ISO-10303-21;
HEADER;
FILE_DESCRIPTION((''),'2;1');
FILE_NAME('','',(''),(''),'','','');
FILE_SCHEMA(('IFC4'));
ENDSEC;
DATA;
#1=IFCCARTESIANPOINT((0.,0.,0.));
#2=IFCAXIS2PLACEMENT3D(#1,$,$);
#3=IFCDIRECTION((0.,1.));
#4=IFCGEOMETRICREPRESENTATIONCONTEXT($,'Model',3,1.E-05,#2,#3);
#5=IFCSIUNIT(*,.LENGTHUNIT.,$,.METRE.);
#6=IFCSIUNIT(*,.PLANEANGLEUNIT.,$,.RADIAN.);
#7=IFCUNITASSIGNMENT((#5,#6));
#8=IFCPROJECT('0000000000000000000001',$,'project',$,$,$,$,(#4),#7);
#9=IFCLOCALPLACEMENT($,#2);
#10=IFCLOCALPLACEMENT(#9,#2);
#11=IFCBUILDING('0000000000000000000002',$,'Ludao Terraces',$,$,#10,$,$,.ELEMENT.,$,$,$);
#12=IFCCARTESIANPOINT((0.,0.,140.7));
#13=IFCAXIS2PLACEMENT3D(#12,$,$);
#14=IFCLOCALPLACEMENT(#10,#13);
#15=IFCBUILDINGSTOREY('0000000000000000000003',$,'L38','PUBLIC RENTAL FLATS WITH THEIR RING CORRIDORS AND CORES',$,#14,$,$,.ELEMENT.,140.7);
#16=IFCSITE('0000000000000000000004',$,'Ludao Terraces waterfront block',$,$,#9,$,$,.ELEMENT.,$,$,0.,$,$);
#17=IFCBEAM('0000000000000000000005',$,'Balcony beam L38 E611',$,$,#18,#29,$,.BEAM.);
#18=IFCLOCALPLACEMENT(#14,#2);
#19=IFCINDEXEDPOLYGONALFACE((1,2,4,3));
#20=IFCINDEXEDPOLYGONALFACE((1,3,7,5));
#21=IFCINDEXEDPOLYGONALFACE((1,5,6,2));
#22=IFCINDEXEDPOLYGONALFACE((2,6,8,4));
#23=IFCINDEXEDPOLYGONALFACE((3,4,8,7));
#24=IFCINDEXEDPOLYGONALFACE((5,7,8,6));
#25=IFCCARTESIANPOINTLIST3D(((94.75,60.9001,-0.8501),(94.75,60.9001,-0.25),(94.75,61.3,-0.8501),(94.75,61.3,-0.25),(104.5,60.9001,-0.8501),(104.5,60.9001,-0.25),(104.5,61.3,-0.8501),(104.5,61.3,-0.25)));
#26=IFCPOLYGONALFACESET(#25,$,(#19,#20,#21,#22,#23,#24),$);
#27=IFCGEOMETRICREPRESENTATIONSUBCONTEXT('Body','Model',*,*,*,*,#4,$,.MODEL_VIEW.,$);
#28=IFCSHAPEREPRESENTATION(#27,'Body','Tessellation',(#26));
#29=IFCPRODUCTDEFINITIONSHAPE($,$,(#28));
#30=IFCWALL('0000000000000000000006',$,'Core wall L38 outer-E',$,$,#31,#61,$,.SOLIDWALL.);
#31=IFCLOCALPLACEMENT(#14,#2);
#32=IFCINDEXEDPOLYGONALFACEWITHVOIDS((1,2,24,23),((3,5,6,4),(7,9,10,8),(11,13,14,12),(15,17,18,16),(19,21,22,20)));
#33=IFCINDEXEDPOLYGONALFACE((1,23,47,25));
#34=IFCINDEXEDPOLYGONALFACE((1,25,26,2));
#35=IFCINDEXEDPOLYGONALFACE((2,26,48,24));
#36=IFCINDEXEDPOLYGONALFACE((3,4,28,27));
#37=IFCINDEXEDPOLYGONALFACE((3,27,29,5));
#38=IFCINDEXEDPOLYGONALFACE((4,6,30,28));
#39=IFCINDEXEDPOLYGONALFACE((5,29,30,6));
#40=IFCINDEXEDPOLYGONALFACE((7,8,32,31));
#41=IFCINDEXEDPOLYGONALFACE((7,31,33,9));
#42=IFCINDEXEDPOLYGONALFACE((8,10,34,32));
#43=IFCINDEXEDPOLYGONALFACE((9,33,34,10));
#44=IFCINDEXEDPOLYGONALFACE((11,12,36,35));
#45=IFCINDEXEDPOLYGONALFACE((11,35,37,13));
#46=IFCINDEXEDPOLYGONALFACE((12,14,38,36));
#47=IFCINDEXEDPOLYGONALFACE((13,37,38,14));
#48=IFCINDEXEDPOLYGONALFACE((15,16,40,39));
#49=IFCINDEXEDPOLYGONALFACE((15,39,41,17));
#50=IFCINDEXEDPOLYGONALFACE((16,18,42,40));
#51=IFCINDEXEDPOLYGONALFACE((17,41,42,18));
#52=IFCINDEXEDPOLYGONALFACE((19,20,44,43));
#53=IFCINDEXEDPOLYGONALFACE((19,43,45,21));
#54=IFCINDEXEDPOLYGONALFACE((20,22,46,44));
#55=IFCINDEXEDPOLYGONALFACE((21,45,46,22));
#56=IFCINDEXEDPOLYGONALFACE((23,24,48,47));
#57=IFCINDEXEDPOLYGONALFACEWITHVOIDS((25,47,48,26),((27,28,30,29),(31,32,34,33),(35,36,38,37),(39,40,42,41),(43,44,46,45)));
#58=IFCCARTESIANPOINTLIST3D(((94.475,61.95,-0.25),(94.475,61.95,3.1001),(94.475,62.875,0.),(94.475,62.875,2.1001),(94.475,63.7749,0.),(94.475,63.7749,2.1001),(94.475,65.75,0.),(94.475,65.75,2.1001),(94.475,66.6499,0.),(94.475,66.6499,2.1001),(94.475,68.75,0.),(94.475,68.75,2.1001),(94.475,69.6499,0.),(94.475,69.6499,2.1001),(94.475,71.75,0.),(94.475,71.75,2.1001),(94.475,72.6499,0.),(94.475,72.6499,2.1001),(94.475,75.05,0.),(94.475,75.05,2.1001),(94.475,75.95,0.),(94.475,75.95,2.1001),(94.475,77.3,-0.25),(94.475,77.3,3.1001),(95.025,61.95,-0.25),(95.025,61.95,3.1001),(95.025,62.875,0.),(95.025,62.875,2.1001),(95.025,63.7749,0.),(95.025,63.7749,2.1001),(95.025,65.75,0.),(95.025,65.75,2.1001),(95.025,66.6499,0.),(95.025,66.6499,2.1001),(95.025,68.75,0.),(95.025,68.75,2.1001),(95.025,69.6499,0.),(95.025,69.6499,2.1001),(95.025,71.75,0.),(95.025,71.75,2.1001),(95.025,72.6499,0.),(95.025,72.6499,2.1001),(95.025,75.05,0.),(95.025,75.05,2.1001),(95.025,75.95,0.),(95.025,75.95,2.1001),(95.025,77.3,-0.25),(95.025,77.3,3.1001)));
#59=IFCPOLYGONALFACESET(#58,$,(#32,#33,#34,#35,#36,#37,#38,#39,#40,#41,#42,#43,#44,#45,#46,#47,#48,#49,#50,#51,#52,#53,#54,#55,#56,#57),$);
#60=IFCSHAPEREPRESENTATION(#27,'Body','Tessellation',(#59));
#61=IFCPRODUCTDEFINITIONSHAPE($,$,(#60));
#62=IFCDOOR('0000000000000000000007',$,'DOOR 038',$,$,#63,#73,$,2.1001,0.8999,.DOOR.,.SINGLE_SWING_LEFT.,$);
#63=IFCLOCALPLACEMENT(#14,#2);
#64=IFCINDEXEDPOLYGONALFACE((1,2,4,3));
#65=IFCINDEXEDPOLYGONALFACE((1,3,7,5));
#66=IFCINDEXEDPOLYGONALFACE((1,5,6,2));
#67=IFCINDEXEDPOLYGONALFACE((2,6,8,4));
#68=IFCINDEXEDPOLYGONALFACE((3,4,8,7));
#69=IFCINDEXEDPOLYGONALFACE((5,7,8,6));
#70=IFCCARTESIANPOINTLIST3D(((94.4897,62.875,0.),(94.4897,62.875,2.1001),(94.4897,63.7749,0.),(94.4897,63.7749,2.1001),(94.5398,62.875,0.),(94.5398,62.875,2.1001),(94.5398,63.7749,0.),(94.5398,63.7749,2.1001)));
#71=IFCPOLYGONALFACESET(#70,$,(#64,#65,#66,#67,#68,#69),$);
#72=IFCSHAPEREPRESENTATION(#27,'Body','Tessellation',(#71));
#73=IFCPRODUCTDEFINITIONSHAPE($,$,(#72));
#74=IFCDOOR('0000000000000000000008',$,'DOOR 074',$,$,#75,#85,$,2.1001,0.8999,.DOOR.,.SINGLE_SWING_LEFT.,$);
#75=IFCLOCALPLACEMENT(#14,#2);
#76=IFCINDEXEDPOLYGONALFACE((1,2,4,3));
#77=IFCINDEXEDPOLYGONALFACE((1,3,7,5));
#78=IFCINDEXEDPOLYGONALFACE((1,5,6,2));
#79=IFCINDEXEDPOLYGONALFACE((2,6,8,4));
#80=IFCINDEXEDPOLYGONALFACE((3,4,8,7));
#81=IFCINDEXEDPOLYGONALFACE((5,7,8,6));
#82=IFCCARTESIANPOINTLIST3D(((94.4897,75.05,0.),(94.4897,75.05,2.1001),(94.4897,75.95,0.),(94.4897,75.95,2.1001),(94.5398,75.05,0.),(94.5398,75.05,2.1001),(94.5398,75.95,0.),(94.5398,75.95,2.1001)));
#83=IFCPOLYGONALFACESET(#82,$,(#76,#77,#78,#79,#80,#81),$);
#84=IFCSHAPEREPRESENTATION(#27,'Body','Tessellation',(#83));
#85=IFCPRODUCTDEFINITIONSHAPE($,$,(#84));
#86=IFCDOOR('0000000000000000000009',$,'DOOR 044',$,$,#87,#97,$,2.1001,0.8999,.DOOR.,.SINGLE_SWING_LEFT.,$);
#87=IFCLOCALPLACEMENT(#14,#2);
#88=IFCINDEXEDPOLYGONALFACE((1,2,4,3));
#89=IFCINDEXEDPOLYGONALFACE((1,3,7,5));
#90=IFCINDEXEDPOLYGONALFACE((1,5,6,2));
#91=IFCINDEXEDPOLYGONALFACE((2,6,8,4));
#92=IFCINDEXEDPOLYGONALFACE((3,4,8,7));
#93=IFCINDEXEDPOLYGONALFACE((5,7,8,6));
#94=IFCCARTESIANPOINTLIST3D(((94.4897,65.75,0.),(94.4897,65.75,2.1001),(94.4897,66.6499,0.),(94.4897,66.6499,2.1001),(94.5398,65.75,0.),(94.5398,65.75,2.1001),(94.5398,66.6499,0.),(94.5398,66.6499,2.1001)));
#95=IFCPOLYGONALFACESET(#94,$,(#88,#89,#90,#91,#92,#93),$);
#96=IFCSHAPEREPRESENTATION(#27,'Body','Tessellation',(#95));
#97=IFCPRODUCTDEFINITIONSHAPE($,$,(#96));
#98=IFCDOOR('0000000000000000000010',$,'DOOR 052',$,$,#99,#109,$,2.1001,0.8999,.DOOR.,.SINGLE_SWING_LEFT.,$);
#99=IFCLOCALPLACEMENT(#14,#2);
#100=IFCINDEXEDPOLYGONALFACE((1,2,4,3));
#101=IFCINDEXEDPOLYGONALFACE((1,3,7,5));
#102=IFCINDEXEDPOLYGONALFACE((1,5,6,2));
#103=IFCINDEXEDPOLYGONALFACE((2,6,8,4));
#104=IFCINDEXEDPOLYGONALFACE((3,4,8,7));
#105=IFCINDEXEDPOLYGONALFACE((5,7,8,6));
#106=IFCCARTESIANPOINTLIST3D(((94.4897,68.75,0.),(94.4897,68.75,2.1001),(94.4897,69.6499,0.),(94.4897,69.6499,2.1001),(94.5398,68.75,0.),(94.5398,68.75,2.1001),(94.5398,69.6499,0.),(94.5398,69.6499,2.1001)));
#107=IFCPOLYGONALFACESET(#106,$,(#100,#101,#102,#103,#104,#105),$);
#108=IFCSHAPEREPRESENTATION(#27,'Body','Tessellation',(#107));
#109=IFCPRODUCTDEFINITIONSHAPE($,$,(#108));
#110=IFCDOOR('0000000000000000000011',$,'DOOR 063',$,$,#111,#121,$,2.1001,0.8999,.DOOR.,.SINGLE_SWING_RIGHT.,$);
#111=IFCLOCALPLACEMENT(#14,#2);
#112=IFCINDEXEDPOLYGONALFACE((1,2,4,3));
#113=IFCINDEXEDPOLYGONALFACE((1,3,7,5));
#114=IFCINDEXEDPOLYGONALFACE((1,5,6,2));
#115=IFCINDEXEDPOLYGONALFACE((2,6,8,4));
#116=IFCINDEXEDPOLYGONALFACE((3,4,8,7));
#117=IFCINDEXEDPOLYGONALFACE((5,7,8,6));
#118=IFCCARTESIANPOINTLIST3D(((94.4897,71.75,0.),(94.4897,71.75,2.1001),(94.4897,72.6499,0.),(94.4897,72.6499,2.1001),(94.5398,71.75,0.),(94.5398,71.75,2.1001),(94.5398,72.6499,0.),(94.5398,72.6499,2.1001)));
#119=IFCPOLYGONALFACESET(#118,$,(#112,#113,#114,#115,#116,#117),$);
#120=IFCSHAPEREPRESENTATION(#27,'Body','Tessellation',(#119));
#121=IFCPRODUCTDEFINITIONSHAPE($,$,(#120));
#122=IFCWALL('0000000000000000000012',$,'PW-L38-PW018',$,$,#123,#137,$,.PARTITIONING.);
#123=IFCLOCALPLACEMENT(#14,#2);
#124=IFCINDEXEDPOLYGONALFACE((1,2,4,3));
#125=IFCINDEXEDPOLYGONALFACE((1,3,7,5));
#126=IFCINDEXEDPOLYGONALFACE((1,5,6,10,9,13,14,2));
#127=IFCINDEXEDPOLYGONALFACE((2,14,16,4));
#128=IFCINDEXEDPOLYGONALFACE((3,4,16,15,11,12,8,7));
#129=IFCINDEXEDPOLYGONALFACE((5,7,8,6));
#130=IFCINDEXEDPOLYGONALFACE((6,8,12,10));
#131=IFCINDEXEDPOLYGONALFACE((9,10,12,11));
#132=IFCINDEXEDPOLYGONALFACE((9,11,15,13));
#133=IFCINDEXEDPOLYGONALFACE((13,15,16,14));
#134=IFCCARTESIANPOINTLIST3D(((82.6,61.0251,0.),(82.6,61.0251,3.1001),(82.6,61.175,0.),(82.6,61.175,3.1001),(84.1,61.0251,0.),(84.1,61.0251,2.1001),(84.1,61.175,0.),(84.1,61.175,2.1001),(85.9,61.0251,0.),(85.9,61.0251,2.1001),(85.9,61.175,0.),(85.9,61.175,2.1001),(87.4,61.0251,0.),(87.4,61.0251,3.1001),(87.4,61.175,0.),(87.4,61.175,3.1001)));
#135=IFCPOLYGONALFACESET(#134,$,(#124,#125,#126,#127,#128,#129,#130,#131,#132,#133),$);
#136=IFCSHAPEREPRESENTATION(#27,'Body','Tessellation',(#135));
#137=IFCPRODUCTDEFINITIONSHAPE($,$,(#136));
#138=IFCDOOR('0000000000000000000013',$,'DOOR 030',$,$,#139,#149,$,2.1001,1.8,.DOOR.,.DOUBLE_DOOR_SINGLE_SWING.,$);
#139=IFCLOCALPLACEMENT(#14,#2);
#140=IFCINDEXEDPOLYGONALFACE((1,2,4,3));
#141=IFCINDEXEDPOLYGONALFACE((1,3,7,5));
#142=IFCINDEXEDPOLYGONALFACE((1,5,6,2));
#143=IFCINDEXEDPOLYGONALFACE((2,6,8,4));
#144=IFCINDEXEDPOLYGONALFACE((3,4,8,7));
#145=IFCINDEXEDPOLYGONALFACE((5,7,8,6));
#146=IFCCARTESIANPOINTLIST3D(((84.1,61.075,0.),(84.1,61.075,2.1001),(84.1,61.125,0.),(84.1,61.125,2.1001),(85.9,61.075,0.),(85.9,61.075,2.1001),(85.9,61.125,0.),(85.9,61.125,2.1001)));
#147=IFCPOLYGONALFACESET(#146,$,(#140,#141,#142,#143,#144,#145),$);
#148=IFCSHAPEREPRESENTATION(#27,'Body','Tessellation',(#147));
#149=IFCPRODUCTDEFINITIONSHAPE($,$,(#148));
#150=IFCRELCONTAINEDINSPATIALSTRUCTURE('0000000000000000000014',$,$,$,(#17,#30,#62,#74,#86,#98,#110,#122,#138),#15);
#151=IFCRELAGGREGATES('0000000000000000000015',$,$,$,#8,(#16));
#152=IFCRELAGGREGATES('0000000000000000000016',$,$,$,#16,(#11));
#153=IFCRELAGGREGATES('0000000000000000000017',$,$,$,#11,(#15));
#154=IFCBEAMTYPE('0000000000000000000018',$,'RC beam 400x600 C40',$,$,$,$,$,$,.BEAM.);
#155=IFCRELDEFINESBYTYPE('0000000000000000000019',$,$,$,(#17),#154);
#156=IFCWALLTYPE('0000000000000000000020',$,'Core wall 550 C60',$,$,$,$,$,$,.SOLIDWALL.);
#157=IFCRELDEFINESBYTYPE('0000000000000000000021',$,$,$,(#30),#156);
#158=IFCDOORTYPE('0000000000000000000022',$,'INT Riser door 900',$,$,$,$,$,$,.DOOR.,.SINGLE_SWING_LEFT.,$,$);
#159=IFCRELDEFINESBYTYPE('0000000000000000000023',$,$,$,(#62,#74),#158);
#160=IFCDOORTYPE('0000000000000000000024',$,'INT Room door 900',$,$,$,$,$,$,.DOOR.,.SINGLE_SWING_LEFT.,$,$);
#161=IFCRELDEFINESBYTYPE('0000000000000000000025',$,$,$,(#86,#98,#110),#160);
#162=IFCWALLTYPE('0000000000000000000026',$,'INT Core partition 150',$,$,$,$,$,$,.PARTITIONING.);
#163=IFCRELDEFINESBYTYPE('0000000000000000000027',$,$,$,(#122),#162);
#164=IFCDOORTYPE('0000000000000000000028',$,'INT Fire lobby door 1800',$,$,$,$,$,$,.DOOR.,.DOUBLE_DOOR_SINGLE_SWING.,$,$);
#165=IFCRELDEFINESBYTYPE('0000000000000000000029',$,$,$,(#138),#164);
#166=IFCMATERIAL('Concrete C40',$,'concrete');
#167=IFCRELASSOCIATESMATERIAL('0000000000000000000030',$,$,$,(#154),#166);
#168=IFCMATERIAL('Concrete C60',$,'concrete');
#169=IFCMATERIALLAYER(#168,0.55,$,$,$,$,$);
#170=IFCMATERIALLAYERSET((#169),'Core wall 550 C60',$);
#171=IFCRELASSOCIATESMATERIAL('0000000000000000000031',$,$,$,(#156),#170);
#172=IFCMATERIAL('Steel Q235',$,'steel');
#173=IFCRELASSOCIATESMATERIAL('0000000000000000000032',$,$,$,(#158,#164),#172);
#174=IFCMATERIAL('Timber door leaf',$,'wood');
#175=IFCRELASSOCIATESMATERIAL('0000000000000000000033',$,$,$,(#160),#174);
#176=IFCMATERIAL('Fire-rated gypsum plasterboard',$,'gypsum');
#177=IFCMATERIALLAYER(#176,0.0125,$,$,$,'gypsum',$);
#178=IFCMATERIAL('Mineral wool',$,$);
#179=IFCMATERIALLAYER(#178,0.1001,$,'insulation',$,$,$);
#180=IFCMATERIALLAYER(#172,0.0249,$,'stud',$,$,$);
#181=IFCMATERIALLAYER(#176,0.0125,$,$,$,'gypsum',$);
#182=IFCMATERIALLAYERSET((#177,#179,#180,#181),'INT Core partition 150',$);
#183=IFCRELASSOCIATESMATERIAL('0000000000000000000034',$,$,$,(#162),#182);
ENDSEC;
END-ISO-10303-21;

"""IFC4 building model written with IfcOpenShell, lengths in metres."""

from ifc_helpers import new_model, si_unit, direction, frame, frame_2d, origin, origin_2d, place, context, subcontext, project, spatial, rectangle, extrude, material, layer, layer_set, material_profile, profile_set, type_object, element, fill, save


model = new_model("IFC4")

# Units and contexts
model_context = context("Model", 3, precision=1e-05, world=origin(), true_north=direction((0.0, 1.0)))
body_context = subcontext(model_context, "Body", "Model", "MODEL_VIEW")
ifc_project = project(units=[si_unit("LENGTHUNIT", "METRE"), si_unit("PLANEANGLEUNIT", "RADIAN")], contexts=[model_context])

# Site, building, storey
site_placement = place(None, origin())
site = spatial("IfcSite", under=ifc_project, at=site_placement, Name="Ludao Terraces waterfront block", CompositionType="ELEMENT", RefElevation=0.0)
building_placement = place(site_placement, origin())
building = spatial("IfcBuilding", under=site, at=building_placement, Name="Ludao Terraces", CompositionType="ELEMENT")
storey_placement = place(building_placement, frame((0.0, 0.0, 140.7)))
storey = spatial("IfcBuildingStorey", under=building, at=storey_placement, Name="L38", Description="PUBLIC RENTAL FLATS WITH THEIR RING CORRIDORS AND CORES", CompositionType="ELEMENT", Elevation=140.7)

# Beam
ifc_material_1 = material(Name="Concrete C40", Category="concrete")
ifc_material_profile = material_profile(ifc_material_1, rectangle(XDim=0.3999, YDim=0.6001, at=origin_2d()), Name="400 X 600")
ifc_profile_set = profile_set([ifc_material_profile], Name="Concrete C40")
beam_type = type_object("IfcBeamType", Name="RC beam 400x600 C40", PredefinedType="BEAM", material=ifc_profile_set)
beam_placement = place(storey_placement, frame((94.75, 61.1001, -0.55), z_axis=(1.0, 0.0, 0.0), x_axis=(0.0, 1.0, 0.0)))
element("IfcBeam", 1, at=beam_placement, inside=storey, type_object=beam_type, Name="Balcony beam L38 E611", PredefinedType="BEAM", context=body_context, shape_type="SweptSolid", body=[
    extrude(rectangle(XDim=0.3999, YDim=0.6001, at=origin_2d()), origin(), (0.0, 0.0, 1.0), 9.75),
])

# Wall, openings, doors
ifc_material_2 = material(Name="Concrete C60", Category="concrete")
ifc_layer_1 = layer(ifc_material_2, 0.55)
ifc_layer_set_1 = layer_set([ifc_layer_1], Name="Core wall 550 C60")
wall_type_1 = type_object("IfcWallType", Name="Core wall 550 C60", PredefinedType="SOLIDWALL", material=ifc_layer_set_1)
wall_1_placement = place(storey_placement, frame((94.75, 61.95, -0.25), z_axis=(0.0, 0.0, 1.0), x_axis=(0.0, 1.0, 0.0)))
wall_1 = element("IfcWall", 2, at=wall_1_placement, inside=storey, type_object=wall_type_1, Name="Core wall L38 outer-E", PredefinedType="SOLIDWALL", context=body_context, shape_type="SweptSolid", body=[
    extrude(rectangle(XDim=15.3501, YDim=0.55, at=frame_2d((7.675, 0.0))), origin(), (0.0, 0.0, 1.0), 3.3501),
])
opening_1_placement = place(wall_1_placement, frame((0.925, 0.0, 0.25)))
opening_1 = element("IfcOpeningElement", 3, at=opening_1_placement, cuts=wall_1, PredefinedType="OPENING", context=body_context, shape_type="SweptSolid", body=[
    extrude(rectangle(XDim=0.8999, YDim=2.1001, at=frame_2d((0.45, 1.05))), frame((0.0, 0.2852, 0.0), z_axis=(0.0, -1.0, 0.0), x_axis=(1.0, 0.0, 0.0)), (0.0, 0.0, 1.0), 0.5701),
])
opening_2_placement = place(wall_1_placement, frame((3.8, 0.0, 0.25)))
opening_2 = element("IfcOpeningElement", 4, at=opening_2_placement, cuts=wall_1, PredefinedType="OPENING", context=body_context, shape_type="SweptSolid", body=[
    extrude(rectangle(XDim=0.8999, YDim=2.1001, at=frame_2d((0.45, 1.05))), frame((0.0, 0.2852, 0.0), z_axis=(0.0, -1.0, 0.0), x_axis=(1.0, 0.0, 0.0)), (0.0, 0.0, 1.0), 0.5701),
])
opening_3_placement = place(wall_1_placement, frame((6.8, 0.0, 0.25)))
opening_3 = element("IfcOpeningElement", 5, at=opening_3_placement, cuts=wall_1, PredefinedType="OPENING", context=body_context, shape_type="SweptSolid", body=[
    extrude(rectangle(XDim=0.8999, YDim=2.1001, at=frame_2d((0.45, 1.05))), frame((0.0, 0.2852, 0.0), z_axis=(0.0, -1.0, 0.0), x_axis=(1.0, 0.0, 0.0)), (0.0, 0.0, 1.0), 0.5701),
])
opening_4_placement = place(wall_1_placement, frame((9.8, 0.0, 0.25)))
opening_4 = element("IfcOpeningElement", 6, at=opening_4_placement, cuts=wall_1, PredefinedType="OPENING", context=body_context, shape_type="SweptSolid", body=[
    extrude(rectangle(XDim=0.8999, YDim=2.1001, at=frame_2d((0.45, 1.05))), frame((0.0, 0.2852, 0.0), z_axis=(0.0, -1.0, 0.0), x_axis=(1.0, 0.0, 0.0)), (0.0, 0.0, 1.0), 0.5701),
])
opening_5_placement = place(wall_1_placement, frame((13.1001, 0.0, 0.25)))
opening_5 = element("IfcOpeningElement", 7, at=opening_5_placement, cuts=wall_1, PredefinedType="OPENING", context=body_context, shape_type="SweptSolid", body=[
    extrude(rectangle(XDim=0.8999, YDim=2.1001, at=frame_2d((0.45, 1.05))), frame((0.0, 0.2852, 0.0), z_axis=(0.0, -1.0, 0.0), x_axis=(1.0, 0.0, 0.0)), (0.0, 0.0, 1.0), 0.5701),
])
ifc_material_3 = material(Name="Steel Q235", Category="steel")
door_type_1 = type_object("IfcDoorType", Name="INT Riser door 900", OperationType="SINGLE_SWING_LEFT", PredefinedType="DOOR", material=ifc_material_3)
door_1_placement = place(opening_1_placement, origin())
door_1 = element("IfcDoor", 8, at=door_1_placement, inside=storey, type_object=door_type_1, Name="DOOR 038", OperationType="SINGLE_SWING_LEFT", OverallHeight=2.1001, OverallWidth=0.8999, PredefinedType="DOOR", context=body_context, shape_type="SweptSolid", body=[
    extrude(rectangle(XDim=0.8999, YDim=2.1001, at=frame_2d((0.45, 1.05))), frame((0.0, 0.2603, 0.0), z_axis=(0.0, -1.0, 0.0), x_axis=(1.0, 0.0, 0.0)), (0.0, 0.0, 1.0), 0.05),
])
fill(opening_1, door_1)
door_2_placement = place(opening_5_placement, origin())
door_2 = element("IfcDoor", 9, at=door_2_placement, inside=storey, type_object=door_type_1, Name="DOOR 074", OperationType="SINGLE_SWING_LEFT", OverallHeight=2.1001, OverallWidth=0.8999, PredefinedType="DOOR", context=body_context, shape_type="SweptSolid", body=[
    extrude(rectangle(XDim=0.8999, YDim=2.1001, at=frame_2d((0.45, 1.05))), frame((0.0, 0.2603, 0.0), z_axis=(0.0, -1.0, 0.0), x_axis=(1.0, 0.0, 0.0)), (0.0, 0.0, 1.0), 0.05),
])
fill(opening_5, door_2)
ifc_material_4 = material(Name="Timber door leaf", Category="wood")
door_type_2 = type_object("IfcDoorType", Name="INT Room door 900", OperationType="SINGLE_SWING_LEFT", PredefinedType="DOOR", material=ifc_material_4)
door_3_placement = place(opening_2_placement, origin())
door_3 = element("IfcDoor", 10, at=door_3_placement, inside=storey, type_object=door_type_2, Name="DOOR 044", OperationType="SINGLE_SWING_LEFT", OverallHeight=2.1001, OverallWidth=0.8999, PredefinedType="DOOR", context=body_context, shape_type="SweptSolid", body=[
    extrude(rectangle(XDim=0.8999, YDim=2.1001, at=frame_2d((0.45, 1.05))), frame((0.0, 0.2603, 0.0), z_axis=(0.0, -1.0, 0.0), x_axis=(1.0, 0.0, 0.0)), (0.0, 0.0, 1.0), 0.05),
])
fill(opening_2, door_3)
door_4_placement = place(opening_3_placement, origin())
door_4 = element("IfcDoor", 11, at=door_4_placement, inside=storey, type_object=door_type_2, Name="DOOR 052", OperationType="SINGLE_SWING_LEFT", OverallHeight=2.1001, OverallWidth=0.8999, PredefinedType="DOOR", context=body_context, shape_type="SweptSolid", body=[
    extrude(rectangle(XDim=0.8999, YDim=2.1001, at=frame_2d((0.45, 1.05))), frame((0.0, 0.2603, 0.0), z_axis=(0.0, -1.0, 0.0), x_axis=(1.0, 0.0, 0.0)), (0.0, 0.0, 1.0), 0.05),
])
fill(opening_3, door_4)
door_5_placement = place(opening_4_placement, origin())
door_5 = element("IfcDoor", 12, at=door_5_placement, inside=storey, type_object=door_type_2, Name="DOOR 063", OperationType="SINGLE_SWING_RIGHT", OverallHeight=2.1001, OverallWidth=0.8999, PredefinedType="DOOR", context=body_context, shape_type="SweptSolid", body=[
    extrude(rectangle(XDim=0.8999, YDim=2.1001, at=frame_2d((0.45, 1.05))), frame((0.0, 0.2603, 0.0), z_axis=(0.0, -1.0, 0.0), x_axis=(1.0, 0.0, 0.0)), (0.0, 0.0, 1.0), 0.05),
])
fill(opening_4, door_5)

# Wall, opening, door
ifc_material_5 = material(Name="Fire-rated gypsum plasterboard", Category="gypsum")
ifc_layer_2 = layer(ifc_material_5, 0.0125, Category="gypsum")
ifc_material_6 = material(Name="Mineral wool")
ifc_layer_3 = layer(ifc_material_6, 0.1001, Name="insulation")
ifc_layer_4 = layer(ifc_material_3, 0.0249, Name="stud")
ifc_layer_5 = layer(ifc_material_5, 0.0125, Category="gypsum")
ifc_layer_set_2 = layer_set([ifc_layer_2, ifc_layer_3, ifc_layer_4, ifc_layer_5], Name="INT Core partition 150")
wall_type_2 = type_object("IfcWallType", Name="INT Core partition 150", PredefinedType="PARTITIONING", material=ifc_layer_set_2)
wall_2_placement = place(storey_placement, frame((82.6001, 61.1001, 0.0), z_axis=(0.0, 0.0, 1.0), x_axis=(1.0, 0.0, 0.0)))
wall_2 = element("IfcWall", 13, at=wall_2_placement, inside=storey, type_object=wall_type_2, Name="PW-L38-PW018", PredefinedType="PARTITIONING", context=body_context, shape_type="SweptSolid", body=[
    extrude(rectangle(XDim=4.8, YDim=0.1499, at=frame_2d((2.3999, 0.0))), origin(), (0.0, 0.0, 1.0), 3.1001),
])
opening_6_placement = place(wall_2_placement, frame((1.5, 0.0, 0.0)))
opening_6 = element("IfcOpeningElement", 14, at=opening_6_placement, cuts=wall_2, PredefinedType="OPENING", context=body_context, shape_type="SweptSolid", body=[
    extrude(rectangle(XDim=1.8, YDim=2.1001, at=frame_2d((0.8999, 1.05))), frame((0.0, 0.085, 0.0), z_axis=(0.0, -1.0, 0.0), x_axis=(1.0, 0.0, 0.0)), (0.0, 0.0, 1.0), 0.1699),
])
door_type_3 = type_object("IfcDoorType", Name="INT Fire lobby door 1800", OperationType="DOUBLE_DOOR_SINGLE_SWING", PredefinedType="DOOR", material=ifc_material_3)
door_6_placement = place(opening_6_placement, origin())
door_6 = element("IfcDoor", 15, at=door_6_placement, inside=storey, type_object=door_type_3, Name="DOOR 030", OperationType="DOUBLE_DOOR_SINGLE_SWING", OverallHeight=2.1001, OverallWidth=1.8, PredefinedType="DOOR", context=body_context, shape_type="SweptSolid", body=[
    extrude(rectangle(XDim=1.8, YDim=2.1001, at=frame_2d((0.8999, 1.05))), frame((0.0, 0.0249, 0.0), z_axis=(0.0, -1.0, 0.0), x_axis=(1.0, 0.0, 0.0)), (0.0, 0.0, 1.0), 0.05),
])
fill(opening_6, door_6)

save(model, "model.ifc")
